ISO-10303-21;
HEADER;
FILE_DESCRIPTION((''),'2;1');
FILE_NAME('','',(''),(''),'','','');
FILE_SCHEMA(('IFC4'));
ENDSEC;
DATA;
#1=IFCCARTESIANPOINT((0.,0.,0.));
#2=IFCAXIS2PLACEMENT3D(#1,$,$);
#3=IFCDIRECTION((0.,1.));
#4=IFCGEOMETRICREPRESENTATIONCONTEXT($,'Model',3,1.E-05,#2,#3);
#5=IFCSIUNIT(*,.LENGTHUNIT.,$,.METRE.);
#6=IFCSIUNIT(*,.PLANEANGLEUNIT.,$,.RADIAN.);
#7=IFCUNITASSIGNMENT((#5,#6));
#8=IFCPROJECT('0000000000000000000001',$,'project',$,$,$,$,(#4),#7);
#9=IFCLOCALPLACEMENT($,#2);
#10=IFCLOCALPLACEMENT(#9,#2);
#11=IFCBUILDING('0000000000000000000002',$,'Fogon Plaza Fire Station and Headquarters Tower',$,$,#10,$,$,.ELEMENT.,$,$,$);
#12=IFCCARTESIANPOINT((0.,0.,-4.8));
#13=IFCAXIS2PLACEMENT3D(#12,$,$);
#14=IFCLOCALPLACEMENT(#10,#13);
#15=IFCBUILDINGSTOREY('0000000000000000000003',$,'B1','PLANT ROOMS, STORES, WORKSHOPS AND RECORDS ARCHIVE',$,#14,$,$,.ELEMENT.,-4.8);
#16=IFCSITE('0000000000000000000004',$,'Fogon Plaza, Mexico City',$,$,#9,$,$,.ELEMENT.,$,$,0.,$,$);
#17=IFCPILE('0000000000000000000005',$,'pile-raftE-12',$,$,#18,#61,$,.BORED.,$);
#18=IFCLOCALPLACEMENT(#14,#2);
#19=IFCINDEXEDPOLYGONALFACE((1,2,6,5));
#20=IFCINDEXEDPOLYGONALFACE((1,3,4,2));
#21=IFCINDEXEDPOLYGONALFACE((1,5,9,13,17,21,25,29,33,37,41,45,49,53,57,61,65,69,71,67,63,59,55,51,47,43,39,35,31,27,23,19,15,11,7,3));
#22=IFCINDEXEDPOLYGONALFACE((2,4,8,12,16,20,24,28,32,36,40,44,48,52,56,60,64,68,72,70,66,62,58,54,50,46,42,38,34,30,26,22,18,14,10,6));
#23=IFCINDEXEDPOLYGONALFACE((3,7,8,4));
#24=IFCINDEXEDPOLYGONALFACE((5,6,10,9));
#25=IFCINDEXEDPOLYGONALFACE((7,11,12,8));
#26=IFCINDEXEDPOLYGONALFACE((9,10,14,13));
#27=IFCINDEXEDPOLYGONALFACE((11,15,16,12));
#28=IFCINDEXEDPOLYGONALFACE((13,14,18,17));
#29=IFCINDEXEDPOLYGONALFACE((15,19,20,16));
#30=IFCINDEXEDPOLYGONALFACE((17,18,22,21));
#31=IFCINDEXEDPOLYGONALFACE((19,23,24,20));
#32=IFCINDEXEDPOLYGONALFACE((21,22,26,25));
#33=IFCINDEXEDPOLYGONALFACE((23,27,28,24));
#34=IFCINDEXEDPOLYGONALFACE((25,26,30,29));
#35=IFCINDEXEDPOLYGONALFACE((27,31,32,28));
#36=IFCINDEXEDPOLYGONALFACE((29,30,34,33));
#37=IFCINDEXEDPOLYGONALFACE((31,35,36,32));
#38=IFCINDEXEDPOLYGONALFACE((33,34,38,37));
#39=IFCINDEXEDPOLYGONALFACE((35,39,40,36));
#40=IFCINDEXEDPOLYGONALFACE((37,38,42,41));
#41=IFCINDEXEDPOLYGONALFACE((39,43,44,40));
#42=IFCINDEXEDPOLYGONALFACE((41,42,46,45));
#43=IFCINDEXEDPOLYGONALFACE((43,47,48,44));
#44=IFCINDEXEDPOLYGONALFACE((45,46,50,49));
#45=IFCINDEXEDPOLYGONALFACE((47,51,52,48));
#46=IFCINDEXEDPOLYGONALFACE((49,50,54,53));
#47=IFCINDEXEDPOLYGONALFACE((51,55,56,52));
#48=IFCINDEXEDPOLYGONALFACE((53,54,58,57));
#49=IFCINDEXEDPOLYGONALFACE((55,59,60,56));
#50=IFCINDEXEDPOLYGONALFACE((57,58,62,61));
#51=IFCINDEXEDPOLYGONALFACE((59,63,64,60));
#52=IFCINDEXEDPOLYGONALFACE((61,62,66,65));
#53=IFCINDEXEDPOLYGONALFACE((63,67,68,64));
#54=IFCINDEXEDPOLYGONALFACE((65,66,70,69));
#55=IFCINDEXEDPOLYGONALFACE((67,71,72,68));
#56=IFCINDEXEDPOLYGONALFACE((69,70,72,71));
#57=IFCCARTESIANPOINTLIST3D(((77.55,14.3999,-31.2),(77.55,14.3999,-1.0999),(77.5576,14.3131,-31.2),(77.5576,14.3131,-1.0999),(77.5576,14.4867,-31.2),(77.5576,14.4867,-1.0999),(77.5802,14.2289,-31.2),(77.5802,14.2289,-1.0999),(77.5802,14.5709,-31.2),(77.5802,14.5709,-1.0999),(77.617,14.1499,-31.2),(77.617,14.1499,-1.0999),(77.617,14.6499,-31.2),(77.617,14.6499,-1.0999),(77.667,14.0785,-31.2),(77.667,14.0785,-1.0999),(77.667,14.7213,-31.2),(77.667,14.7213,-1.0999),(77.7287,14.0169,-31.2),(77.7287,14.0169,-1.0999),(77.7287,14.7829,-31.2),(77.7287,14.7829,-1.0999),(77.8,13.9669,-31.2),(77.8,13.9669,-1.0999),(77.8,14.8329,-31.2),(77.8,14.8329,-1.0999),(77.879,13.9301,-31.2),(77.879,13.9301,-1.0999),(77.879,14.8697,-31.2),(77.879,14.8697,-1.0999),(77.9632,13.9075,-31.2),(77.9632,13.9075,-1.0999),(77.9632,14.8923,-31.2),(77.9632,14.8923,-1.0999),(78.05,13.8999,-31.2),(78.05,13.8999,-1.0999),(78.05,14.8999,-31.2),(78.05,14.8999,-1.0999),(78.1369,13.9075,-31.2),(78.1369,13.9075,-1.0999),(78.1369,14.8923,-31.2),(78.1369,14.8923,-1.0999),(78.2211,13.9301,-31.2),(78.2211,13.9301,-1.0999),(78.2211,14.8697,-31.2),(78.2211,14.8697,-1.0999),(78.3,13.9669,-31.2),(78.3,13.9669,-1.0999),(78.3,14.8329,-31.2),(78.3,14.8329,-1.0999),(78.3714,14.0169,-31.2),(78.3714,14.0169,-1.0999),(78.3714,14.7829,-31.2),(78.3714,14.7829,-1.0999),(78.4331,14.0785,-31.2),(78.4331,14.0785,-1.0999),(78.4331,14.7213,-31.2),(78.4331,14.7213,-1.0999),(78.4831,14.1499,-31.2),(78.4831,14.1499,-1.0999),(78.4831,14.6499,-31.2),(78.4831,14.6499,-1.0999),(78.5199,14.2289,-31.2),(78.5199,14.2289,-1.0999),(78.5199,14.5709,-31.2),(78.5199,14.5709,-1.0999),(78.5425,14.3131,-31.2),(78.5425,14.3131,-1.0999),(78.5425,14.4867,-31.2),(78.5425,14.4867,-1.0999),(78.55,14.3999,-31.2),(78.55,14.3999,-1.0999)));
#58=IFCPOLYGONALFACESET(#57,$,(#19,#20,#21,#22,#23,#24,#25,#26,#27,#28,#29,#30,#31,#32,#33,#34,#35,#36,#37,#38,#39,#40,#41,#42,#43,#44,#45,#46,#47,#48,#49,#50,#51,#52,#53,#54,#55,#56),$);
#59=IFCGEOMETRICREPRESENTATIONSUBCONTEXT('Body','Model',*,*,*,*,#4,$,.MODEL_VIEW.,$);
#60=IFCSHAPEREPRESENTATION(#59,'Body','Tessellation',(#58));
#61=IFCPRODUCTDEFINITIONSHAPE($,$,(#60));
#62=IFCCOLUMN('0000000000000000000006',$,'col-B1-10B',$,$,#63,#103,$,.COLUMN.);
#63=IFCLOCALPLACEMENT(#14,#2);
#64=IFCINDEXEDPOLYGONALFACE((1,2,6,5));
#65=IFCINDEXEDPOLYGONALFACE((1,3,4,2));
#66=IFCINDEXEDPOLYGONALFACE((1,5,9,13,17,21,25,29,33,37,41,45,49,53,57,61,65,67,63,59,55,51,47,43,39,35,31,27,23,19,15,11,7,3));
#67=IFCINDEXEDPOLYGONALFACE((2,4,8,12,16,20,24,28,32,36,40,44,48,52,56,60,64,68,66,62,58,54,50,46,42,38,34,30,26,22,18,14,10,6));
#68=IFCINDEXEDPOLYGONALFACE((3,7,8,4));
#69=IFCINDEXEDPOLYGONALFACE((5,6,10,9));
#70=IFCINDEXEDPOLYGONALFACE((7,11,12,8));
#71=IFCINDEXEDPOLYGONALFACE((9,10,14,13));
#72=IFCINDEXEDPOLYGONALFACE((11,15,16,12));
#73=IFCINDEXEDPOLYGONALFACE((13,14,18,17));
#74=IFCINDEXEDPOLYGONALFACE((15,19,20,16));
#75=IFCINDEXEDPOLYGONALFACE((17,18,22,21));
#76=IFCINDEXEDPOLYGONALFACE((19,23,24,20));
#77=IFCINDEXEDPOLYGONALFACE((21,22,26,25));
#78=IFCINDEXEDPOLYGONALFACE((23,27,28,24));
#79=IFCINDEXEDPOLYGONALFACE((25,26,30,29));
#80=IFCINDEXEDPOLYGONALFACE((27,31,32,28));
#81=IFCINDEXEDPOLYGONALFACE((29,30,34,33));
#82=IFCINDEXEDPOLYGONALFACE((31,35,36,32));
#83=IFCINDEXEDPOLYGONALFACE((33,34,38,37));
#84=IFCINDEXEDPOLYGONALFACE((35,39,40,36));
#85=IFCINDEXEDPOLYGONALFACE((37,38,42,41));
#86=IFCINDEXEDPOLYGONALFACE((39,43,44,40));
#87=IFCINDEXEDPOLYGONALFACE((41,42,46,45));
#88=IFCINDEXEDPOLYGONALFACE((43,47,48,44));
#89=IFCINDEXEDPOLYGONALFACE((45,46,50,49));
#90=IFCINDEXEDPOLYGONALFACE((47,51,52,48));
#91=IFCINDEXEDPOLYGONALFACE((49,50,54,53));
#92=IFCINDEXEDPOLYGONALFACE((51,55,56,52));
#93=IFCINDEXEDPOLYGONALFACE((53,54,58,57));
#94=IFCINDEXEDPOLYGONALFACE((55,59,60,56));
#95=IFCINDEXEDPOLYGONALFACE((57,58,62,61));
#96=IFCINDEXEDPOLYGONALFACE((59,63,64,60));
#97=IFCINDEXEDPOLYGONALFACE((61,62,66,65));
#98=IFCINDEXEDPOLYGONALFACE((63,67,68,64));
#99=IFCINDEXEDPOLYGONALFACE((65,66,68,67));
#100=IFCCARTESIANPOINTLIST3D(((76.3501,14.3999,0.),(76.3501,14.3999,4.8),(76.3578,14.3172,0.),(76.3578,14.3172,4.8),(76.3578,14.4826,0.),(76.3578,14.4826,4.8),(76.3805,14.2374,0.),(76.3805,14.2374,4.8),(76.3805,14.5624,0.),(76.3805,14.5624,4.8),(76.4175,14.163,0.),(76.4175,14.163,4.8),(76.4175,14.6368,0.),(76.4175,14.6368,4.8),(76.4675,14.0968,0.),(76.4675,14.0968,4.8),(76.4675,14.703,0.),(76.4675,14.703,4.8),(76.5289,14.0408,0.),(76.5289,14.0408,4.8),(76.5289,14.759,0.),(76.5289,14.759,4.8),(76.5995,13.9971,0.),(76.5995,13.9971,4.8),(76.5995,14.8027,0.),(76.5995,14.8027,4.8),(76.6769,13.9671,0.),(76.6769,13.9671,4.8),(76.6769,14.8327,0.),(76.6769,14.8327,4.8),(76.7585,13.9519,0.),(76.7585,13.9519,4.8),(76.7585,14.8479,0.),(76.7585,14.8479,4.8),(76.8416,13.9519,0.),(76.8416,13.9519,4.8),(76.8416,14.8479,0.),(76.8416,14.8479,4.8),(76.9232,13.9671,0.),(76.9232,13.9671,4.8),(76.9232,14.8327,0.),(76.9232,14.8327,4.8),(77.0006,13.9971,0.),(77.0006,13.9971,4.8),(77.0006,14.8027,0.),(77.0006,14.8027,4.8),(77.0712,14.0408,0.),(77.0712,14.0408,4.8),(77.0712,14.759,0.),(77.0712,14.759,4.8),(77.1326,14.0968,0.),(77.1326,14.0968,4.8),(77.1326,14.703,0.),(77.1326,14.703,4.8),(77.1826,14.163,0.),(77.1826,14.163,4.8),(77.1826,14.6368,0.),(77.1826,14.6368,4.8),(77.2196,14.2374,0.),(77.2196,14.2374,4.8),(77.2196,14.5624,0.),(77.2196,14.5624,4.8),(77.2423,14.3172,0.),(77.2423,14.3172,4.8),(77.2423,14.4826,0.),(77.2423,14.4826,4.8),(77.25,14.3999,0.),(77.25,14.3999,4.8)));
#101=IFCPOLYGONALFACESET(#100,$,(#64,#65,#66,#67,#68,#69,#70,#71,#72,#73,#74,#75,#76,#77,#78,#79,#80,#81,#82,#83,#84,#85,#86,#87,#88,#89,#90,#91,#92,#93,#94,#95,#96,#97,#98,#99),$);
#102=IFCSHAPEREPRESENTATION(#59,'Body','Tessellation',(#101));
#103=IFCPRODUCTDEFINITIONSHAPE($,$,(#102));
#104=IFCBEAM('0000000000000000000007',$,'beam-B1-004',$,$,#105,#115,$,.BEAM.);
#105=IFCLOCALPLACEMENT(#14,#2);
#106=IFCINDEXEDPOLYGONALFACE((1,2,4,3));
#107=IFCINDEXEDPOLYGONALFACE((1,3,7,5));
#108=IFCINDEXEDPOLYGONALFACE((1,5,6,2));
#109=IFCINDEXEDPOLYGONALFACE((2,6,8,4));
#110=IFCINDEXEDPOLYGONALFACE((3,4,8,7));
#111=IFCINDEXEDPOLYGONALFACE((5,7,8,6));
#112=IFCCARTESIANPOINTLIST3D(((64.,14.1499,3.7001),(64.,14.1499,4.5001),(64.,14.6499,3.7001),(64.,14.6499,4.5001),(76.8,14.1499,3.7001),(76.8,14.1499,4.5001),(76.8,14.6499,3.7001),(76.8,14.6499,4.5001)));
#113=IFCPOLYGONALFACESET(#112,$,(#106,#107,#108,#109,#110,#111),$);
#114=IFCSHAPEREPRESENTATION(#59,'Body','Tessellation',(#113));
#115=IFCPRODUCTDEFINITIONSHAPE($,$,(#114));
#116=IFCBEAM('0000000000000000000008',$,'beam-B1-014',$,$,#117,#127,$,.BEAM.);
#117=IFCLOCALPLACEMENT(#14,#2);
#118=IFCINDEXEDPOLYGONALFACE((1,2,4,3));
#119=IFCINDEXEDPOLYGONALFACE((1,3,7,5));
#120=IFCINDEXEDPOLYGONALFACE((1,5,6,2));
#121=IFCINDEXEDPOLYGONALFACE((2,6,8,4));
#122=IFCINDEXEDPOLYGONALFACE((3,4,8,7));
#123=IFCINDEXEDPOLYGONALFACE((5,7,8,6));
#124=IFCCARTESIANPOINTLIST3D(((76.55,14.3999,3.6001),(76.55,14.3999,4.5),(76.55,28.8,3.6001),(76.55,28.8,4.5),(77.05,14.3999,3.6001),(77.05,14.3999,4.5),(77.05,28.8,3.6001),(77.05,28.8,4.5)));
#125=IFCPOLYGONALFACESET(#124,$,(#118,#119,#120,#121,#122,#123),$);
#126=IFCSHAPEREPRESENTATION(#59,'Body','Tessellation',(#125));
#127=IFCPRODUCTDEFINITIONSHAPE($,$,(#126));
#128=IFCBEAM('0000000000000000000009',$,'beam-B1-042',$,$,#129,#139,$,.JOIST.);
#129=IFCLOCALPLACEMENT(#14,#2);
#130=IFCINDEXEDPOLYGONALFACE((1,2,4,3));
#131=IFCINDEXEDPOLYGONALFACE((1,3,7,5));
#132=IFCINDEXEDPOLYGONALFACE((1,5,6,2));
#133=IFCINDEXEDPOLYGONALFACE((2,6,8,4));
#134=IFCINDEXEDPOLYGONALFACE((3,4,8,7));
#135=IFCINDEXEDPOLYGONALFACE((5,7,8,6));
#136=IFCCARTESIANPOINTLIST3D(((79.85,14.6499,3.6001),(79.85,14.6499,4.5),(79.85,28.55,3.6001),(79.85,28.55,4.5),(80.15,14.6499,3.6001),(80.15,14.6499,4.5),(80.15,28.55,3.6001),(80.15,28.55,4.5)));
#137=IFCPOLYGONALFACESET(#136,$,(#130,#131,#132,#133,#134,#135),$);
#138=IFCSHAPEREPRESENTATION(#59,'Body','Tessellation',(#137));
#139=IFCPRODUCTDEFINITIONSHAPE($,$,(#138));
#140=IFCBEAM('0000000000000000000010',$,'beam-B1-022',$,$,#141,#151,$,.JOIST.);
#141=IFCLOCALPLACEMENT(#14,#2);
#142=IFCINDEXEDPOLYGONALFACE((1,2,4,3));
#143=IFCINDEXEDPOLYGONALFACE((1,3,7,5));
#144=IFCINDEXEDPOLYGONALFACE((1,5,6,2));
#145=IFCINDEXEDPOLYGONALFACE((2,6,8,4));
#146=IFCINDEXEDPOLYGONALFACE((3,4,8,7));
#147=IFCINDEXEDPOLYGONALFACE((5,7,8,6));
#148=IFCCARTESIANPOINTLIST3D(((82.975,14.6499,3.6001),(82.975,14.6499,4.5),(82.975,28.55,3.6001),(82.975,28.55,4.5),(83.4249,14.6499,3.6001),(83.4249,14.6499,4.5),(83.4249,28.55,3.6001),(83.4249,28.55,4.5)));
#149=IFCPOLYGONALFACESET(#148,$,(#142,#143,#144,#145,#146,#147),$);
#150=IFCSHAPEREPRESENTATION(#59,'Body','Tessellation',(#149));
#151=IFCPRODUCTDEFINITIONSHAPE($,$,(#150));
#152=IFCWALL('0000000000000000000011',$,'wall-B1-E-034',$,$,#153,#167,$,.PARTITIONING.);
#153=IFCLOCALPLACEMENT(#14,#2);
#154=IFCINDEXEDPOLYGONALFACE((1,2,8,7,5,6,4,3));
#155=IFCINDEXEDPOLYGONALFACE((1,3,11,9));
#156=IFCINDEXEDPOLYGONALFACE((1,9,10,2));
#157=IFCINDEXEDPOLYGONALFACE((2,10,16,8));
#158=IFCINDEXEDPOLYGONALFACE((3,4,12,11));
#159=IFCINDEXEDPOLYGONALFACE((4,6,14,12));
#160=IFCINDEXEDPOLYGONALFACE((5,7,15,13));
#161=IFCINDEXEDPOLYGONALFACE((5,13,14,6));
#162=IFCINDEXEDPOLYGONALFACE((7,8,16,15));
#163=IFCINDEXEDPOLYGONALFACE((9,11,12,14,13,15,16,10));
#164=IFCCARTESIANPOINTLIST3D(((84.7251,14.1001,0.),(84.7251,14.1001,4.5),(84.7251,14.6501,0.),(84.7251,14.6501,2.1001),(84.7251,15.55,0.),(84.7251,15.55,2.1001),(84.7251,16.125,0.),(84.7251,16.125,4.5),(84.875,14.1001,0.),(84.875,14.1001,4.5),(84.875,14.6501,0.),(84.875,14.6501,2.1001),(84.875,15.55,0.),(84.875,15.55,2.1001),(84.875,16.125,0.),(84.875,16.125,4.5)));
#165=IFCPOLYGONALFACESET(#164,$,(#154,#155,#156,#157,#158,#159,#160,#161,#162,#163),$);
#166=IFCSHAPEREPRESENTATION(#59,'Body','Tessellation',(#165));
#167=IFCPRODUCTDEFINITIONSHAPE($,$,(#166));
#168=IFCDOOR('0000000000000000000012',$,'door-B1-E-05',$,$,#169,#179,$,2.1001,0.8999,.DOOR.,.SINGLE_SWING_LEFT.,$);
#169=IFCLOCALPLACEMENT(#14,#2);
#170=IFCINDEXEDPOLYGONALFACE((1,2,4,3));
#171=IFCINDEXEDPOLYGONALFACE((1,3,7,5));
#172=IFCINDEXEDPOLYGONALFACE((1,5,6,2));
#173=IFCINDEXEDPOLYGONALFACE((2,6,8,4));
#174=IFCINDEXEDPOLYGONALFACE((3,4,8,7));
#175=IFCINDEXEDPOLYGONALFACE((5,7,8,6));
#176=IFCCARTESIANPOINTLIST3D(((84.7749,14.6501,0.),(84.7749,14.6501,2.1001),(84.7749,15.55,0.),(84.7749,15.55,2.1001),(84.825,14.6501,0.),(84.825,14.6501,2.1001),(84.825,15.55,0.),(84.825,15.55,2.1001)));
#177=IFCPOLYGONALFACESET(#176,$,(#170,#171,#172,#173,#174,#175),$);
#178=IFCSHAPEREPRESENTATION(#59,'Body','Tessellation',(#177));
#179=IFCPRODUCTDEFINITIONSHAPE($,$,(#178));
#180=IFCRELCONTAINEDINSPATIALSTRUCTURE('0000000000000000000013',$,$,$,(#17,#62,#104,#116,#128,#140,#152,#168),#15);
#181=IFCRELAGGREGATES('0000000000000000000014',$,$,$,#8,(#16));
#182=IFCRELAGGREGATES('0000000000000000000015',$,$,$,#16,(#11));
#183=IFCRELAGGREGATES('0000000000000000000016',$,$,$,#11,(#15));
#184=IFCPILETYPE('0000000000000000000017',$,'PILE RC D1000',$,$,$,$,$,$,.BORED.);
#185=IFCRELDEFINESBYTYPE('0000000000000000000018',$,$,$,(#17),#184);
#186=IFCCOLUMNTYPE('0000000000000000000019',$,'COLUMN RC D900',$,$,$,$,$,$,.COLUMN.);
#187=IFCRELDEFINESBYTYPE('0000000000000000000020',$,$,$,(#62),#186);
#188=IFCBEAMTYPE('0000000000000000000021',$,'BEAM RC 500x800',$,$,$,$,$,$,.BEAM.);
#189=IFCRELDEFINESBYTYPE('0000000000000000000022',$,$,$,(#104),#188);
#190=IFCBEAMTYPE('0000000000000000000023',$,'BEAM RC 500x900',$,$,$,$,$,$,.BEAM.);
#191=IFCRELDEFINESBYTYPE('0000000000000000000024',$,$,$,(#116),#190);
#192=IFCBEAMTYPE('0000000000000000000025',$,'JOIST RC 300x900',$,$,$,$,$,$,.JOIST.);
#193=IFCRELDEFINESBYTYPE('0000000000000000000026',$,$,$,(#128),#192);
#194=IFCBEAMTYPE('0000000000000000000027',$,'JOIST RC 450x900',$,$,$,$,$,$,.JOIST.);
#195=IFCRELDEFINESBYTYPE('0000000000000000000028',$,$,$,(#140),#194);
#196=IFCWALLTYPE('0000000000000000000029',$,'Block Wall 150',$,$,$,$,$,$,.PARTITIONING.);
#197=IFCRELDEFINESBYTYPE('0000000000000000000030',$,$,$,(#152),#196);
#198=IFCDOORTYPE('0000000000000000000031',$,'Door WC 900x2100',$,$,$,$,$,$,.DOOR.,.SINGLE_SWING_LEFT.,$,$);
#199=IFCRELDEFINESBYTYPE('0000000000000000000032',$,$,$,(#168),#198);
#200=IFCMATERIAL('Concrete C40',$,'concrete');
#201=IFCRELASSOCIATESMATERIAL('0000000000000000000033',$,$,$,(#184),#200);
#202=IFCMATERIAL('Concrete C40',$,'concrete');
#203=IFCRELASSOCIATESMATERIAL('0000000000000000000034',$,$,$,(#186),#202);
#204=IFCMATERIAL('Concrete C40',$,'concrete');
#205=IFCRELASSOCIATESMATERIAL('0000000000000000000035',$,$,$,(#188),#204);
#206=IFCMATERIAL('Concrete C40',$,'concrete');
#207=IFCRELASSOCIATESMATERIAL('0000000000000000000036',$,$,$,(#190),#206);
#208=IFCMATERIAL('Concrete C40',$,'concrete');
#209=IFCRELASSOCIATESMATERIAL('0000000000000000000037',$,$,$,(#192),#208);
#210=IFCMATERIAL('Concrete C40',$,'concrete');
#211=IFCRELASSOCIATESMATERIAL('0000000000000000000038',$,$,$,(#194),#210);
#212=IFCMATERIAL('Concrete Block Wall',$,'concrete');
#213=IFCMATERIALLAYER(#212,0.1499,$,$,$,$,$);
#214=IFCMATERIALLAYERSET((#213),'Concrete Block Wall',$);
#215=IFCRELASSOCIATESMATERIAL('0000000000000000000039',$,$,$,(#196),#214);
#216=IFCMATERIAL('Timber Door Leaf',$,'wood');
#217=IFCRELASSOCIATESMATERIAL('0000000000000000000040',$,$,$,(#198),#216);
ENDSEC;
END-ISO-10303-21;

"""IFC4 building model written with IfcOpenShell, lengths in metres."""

from ifc_helpers import new_model, si_unit, direction, frame, frame_2d, origin, origin_2d, place, context, subcontext, project, spatial, rectangle, circle, extrude, material, layer, layer_set, material_profile, profile_set, type_object, element, fill, save


model = new_model("IFC4")

# Units and contexts
model_context = context("Model", 3, precision=1e-05, world=origin(), true_north=direction((0.0, 1.0)))
body_context = subcontext(model_context, "Body", "Model", "MODEL_VIEW")
ifc_project = project(units=[si_unit("LENGTHUNIT", "METRE"), si_unit("PLANEANGLEUNIT", "RADIAN")], contexts=[model_context])

# Site, building, storey
site_placement = place(None, origin())
site = spatial("IfcSite", under=ifc_project, at=site_placement, Name="Fogon Plaza, Mexico City", CompositionType="ELEMENT", RefElevation=0.0)
building_placement = place(site_placement, origin())
building = spatial("IfcBuilding", under=site, at=building_placement, Name="Fogon Plaza Fire Station and Headquarters Tower", CompositionType="ELEMENT")
storey_placement = place(building_placement, frame((0.0, 0.0, -4.8)))
storey = spatial("IfcBuildingStorey", under=building, at=storey_placement, Name="B1", Description="PLANT ROOMS, STORES, WORKSHOPS AND RECORDS ARCHIVE", CompositionType="ELEMENT", Elevation=-4.8)

# Pile
ifc_material_1 = material(Name="Concrete C40", Category="concrete")
ifc_material_profile_1 = material_profile(ifc_material_1, circle(Radius=0.5, at=origin_2d()), Name="RC D1000")
ifc_profile_set_1 = profile_set([ifc_material_profile_1], Name="Concrete C40")
pile_type = type_object("IfcPileType", Name="PILE RC D1000", PredefinedType="BORED", material=ifc_profile_set_1)
pile_placement = place(storey_placement, frame((78.05, 14.3999, -1.0999), z_axis=(0.0, 0.0, -1.0), x_axis=(1.0, 0.0, 0.0)))
element("IfcPile", 1, at=pile_placement, inside=storey, type_object=pile_type, Name="pile-raftE-12", PredefinedType="BORED", context=body_context, shape_type="SweptSolid", body=[
    extrude(circle(Radius=0.5, at=origin_2d()), origin(), (0.0, 0.0, 1.0), 30.1001),
])

# Column
ifc_material_2 = material(Name="Concrete C40", Category="concrete")
ifc_material_profile_2 = material_profile(ifc_material_2, circle(Radius=0.45, at=origin_2d()), Name="RC D900")
ifc_profile_set_2 = profile_set([ifc_material_profile_2], Name="Concrete C40")
column_type = type_object("IfcColumnType", Name="COLUMN RC D900", PredefinedType="COLUMN", material=ifc_profile_set_2)
column_placement = place(storey_placement, frame((76.8, 14.3999, 0.0), z_axis=(0.0, 0.0, 1.0), x_axis=(1.0, 0.0, 0.0)))
element("IfcColumn", 2, at=column_placement, inside=storey, type_object=column_type, Name="col-B1-10B", PredefinedType="COLUMN", context=body_context, shape_type="SweptSolid", body=[
    extrude(circle(Radius=0.45, at=origin_2d()), origin(), (0.0, 0.0, 1.0), 4.8),
])

# Beams
ifc_material_3 = material(Name="Concrete C40", Category="concrete")
ifc_material_profile_3 = material_profile(ifc_material_3, rectangle(XDim=0.5, YDim=0.8, at=origin_2d()), Name="RC 500x800")
ifc_profile_set_3 = profile_set([ifc_material_profile_3], Name="Concrete C40")
beam_type_1 = type_object("IfcBeamType", Name="BEAM RC 500x800", PredefinedType="BEAM", material=ifc_profile_set_3)
beam_1_placement = place(storey_placement, frame((76.8, 14.3999, 4.1001), z_axis=(-1.0, 0.0, 0.0), x_axis=(0.0, -1.0, 0.0)))
element("IfcBeam", 3, at=beam_1_placement, inside=storey, type_object=beam_type_1, Name="beam-B1-004", PredefinedType="BEAM", context=body_context, shape_type="SweptSolid", body=[
    extrude(rectangle(XDim=0.5, YDim=0.8, at=origin_2d()), origin(), (0.0, 0.0, 1.0), 12.8),
])
ifc_material_4 = material(Name="Concrete C40", Category="concrete")
ifc_material_profile_4 = material_profile(ifc_material_4, rectangle(XDim=0.5, YDim=0.8999, at=origin_2d()), Name="RC 500x900")
ifc_profile_set_4 = profile_set([ifc_material_profile_4], Name="Concrete C40")
beam_type_2 = type_object("IfcBeamType", Name="BEAM RC 500x900", PredefinedType="BEAM", material=ifc_profile_set_4)
beam_2_placement = place(storey_placement, frame((76.8, 14.3999, 4.05), z_axis=(0.0, 1.0, 0.0), x_axis=(-1.0, 0.0, 0.0)))
element("IfcBeam", 4, at=beam_2_placement, inside=storey, type_object=beam_type_2, Name="beam-B1-014", PredefinedType="BEAM", context=body_context, shape_type="SweptSolid", body=[
    extrude(rectangle(XDim=0.5, YDim=0.8999, at=origin_2d()), origin(), (0.0, 0.0, 1.0), 14.4001),
])
ifc_material_5 = material(Name="Concrete C40", Category="concrete")
ifc_material_profile_5 = material_profile(ifc_material_5, rectangle(XDim=0.3, YDim=0.8999, at=origin_2d()), Name="RC 300x900")
ifc_profile_set_5 = profile_set([ifc_material_profile_5], Name="Concrete C40")
beam_type_3 = type_object("IfcBeamType", Name="JOIST RC 300x900", PredefinedType="JOIST", material=ifc_profile_set_5)
beam_3_placement = place(storey_placement, frame((80.0, 14.6499, 4.05), z_axis=(0.0, 1.0, 0.0), x_axis=(-1.0, 0.0, 0.0)))
element("IfcBeam", 5, at=beam_3_placement, inside=storey, type_object=beam_type_3, Name="beam-B1-042", PredefinedType="JOIST", context=body_context, shape_type="SweptSolid", body=[
    extrude(rectangle(XDim=0.3, YDim=0.8999, at=origin_2d()), origin(), (0.0, 0.0, 1.0), 13.9001),
])
ifc_material_6 = material(Name="Concrete C40", Category="concrete")
ifc_material_profile_6 = material_profile(ifc_material_6, rectangle(XDim=0.45, YDim=0.8999, at=origin_2d()), Name="RC 450x900")
ifc_profile_set_6 = profile_set([ifc_material_profile_6], Name="Concrete C40")
beam_type_4 = type_object("IfcBeamType", Name="JOIST RC 450x900", PredefinedType="JOIST", material=ifc_profile_set_6)
beam_4_placement = place(storey_placement, frame((83.2, 14.6499, 4.05), z_axis=(0.0, 1.0, 0.0), x_axis=(-1.0, 0.0, 0.0)))
element("IfcBeam", 6, at=beam_4_placement, inside=storey, type_object=beam_type_4, Name="beam-B1-022", PredefinedType="JOIST", context=body_context, shape_type="SweptSolid", body=[
    extrude(rectangle(XDim=0.45, YDim=0.8999, at=origin_2d()), origin(), (0.0, 0.0, 1.0), 13.9001),
])

# Wall, opening, door
ifc_material_7 = material(Name="Concrete Block Wall", Category="concrete")
ifc_layer_1 = layer(ifc_material_7, 0.1499)
ifc_layer_set_1 = layer_set([ifc_layer_1], Name="Concrete Block Wall")
wall_type_1 = type_object("IfcWallType", Name="Block Wall 150", PredefinedType="PARTITIONING", material=ifc_layer_set_1)
wall_1_placement = place(storey_placement, frame((84.8, 14.1001, 0.0), z_axis=(0.0, 0.0, 1.0), x_axis=(0.0, 1.0, 0.0)))
wall_1 = element("IfcWall", 7, at=wall_1_placement, inside=storey, type_object=wall_type_1, Name="wall-B1-E-034", PredefinedType="PARTITIONING", context=body_context, shape_type="SweptSolid", body=[
    extrude(rectangle(XDim=2.0249, YDim=0.1499, at=frame_2d((1.0125, 0.0))), origin(), (0.0, 0.0, 1.0), 4.5),
])
opening_1_placement = place(wall_1_placement, frame((0.55, 0.0, 0.0)))
opening_1 = element("IfcOpeningElement", 8, at=opening_1_placement, cuts=wall_1, PredefinedType="OPENING", context=body_context, shape_type="SweptSolid", body=[
    extrude(rectangle(XDim=0.8999, YDim=2.1001, at=frame_2d((0.45, 1.05))), frame((0.0, 0.085, 0.0), z_axis=(0.0, -1.0, 0.0), x_axis=(1.0, 0.0, 0.0)), (0.0, 0.0, 1.0), 0.1699),
])
ifc_material_8 = material(Name="Timber Door Leaf", Category="wood")
door_type_1 = type_object("IfcDoorType", Name="Door WC 900x2100", OperationType="SINGLE_SWING_LEFT", PredefinedType="DOOR", material=ifc_material_8)
door_1_placement = place(opening_1_placement, frame((0.8999, 0.0, 0.0), z_axis=(0.0, 0.0, 1.0), x_axis=(-1.0, 0.0, 0.0)))
door_1 = element("IfcDoor", 9, at=door_1_placement, inside=storey, type_object=door_type_1, Name="door-B1-E-05", OperationType="SINGLE_SWING_LEFT", OverallHeight=2.1001, OverallWidth=0.8999, PredefinedType="DOOR", context=body_context, shape_type="SweptSolid", body=[
    extrude(rectangle(XDim=0.8999, YDim=2.1001, at=frame_2d((0.45, 1.05))), frame((0.0, 0.0249, 0.0), z_axis=(0.0, -1.0, 0.0), x_axis=(1.0, 0.0, 0.0)), (0.0, 0.0, 1.0), 0.05),
])
fill(opening_1, door_1)

save(model, "model.ifc")
